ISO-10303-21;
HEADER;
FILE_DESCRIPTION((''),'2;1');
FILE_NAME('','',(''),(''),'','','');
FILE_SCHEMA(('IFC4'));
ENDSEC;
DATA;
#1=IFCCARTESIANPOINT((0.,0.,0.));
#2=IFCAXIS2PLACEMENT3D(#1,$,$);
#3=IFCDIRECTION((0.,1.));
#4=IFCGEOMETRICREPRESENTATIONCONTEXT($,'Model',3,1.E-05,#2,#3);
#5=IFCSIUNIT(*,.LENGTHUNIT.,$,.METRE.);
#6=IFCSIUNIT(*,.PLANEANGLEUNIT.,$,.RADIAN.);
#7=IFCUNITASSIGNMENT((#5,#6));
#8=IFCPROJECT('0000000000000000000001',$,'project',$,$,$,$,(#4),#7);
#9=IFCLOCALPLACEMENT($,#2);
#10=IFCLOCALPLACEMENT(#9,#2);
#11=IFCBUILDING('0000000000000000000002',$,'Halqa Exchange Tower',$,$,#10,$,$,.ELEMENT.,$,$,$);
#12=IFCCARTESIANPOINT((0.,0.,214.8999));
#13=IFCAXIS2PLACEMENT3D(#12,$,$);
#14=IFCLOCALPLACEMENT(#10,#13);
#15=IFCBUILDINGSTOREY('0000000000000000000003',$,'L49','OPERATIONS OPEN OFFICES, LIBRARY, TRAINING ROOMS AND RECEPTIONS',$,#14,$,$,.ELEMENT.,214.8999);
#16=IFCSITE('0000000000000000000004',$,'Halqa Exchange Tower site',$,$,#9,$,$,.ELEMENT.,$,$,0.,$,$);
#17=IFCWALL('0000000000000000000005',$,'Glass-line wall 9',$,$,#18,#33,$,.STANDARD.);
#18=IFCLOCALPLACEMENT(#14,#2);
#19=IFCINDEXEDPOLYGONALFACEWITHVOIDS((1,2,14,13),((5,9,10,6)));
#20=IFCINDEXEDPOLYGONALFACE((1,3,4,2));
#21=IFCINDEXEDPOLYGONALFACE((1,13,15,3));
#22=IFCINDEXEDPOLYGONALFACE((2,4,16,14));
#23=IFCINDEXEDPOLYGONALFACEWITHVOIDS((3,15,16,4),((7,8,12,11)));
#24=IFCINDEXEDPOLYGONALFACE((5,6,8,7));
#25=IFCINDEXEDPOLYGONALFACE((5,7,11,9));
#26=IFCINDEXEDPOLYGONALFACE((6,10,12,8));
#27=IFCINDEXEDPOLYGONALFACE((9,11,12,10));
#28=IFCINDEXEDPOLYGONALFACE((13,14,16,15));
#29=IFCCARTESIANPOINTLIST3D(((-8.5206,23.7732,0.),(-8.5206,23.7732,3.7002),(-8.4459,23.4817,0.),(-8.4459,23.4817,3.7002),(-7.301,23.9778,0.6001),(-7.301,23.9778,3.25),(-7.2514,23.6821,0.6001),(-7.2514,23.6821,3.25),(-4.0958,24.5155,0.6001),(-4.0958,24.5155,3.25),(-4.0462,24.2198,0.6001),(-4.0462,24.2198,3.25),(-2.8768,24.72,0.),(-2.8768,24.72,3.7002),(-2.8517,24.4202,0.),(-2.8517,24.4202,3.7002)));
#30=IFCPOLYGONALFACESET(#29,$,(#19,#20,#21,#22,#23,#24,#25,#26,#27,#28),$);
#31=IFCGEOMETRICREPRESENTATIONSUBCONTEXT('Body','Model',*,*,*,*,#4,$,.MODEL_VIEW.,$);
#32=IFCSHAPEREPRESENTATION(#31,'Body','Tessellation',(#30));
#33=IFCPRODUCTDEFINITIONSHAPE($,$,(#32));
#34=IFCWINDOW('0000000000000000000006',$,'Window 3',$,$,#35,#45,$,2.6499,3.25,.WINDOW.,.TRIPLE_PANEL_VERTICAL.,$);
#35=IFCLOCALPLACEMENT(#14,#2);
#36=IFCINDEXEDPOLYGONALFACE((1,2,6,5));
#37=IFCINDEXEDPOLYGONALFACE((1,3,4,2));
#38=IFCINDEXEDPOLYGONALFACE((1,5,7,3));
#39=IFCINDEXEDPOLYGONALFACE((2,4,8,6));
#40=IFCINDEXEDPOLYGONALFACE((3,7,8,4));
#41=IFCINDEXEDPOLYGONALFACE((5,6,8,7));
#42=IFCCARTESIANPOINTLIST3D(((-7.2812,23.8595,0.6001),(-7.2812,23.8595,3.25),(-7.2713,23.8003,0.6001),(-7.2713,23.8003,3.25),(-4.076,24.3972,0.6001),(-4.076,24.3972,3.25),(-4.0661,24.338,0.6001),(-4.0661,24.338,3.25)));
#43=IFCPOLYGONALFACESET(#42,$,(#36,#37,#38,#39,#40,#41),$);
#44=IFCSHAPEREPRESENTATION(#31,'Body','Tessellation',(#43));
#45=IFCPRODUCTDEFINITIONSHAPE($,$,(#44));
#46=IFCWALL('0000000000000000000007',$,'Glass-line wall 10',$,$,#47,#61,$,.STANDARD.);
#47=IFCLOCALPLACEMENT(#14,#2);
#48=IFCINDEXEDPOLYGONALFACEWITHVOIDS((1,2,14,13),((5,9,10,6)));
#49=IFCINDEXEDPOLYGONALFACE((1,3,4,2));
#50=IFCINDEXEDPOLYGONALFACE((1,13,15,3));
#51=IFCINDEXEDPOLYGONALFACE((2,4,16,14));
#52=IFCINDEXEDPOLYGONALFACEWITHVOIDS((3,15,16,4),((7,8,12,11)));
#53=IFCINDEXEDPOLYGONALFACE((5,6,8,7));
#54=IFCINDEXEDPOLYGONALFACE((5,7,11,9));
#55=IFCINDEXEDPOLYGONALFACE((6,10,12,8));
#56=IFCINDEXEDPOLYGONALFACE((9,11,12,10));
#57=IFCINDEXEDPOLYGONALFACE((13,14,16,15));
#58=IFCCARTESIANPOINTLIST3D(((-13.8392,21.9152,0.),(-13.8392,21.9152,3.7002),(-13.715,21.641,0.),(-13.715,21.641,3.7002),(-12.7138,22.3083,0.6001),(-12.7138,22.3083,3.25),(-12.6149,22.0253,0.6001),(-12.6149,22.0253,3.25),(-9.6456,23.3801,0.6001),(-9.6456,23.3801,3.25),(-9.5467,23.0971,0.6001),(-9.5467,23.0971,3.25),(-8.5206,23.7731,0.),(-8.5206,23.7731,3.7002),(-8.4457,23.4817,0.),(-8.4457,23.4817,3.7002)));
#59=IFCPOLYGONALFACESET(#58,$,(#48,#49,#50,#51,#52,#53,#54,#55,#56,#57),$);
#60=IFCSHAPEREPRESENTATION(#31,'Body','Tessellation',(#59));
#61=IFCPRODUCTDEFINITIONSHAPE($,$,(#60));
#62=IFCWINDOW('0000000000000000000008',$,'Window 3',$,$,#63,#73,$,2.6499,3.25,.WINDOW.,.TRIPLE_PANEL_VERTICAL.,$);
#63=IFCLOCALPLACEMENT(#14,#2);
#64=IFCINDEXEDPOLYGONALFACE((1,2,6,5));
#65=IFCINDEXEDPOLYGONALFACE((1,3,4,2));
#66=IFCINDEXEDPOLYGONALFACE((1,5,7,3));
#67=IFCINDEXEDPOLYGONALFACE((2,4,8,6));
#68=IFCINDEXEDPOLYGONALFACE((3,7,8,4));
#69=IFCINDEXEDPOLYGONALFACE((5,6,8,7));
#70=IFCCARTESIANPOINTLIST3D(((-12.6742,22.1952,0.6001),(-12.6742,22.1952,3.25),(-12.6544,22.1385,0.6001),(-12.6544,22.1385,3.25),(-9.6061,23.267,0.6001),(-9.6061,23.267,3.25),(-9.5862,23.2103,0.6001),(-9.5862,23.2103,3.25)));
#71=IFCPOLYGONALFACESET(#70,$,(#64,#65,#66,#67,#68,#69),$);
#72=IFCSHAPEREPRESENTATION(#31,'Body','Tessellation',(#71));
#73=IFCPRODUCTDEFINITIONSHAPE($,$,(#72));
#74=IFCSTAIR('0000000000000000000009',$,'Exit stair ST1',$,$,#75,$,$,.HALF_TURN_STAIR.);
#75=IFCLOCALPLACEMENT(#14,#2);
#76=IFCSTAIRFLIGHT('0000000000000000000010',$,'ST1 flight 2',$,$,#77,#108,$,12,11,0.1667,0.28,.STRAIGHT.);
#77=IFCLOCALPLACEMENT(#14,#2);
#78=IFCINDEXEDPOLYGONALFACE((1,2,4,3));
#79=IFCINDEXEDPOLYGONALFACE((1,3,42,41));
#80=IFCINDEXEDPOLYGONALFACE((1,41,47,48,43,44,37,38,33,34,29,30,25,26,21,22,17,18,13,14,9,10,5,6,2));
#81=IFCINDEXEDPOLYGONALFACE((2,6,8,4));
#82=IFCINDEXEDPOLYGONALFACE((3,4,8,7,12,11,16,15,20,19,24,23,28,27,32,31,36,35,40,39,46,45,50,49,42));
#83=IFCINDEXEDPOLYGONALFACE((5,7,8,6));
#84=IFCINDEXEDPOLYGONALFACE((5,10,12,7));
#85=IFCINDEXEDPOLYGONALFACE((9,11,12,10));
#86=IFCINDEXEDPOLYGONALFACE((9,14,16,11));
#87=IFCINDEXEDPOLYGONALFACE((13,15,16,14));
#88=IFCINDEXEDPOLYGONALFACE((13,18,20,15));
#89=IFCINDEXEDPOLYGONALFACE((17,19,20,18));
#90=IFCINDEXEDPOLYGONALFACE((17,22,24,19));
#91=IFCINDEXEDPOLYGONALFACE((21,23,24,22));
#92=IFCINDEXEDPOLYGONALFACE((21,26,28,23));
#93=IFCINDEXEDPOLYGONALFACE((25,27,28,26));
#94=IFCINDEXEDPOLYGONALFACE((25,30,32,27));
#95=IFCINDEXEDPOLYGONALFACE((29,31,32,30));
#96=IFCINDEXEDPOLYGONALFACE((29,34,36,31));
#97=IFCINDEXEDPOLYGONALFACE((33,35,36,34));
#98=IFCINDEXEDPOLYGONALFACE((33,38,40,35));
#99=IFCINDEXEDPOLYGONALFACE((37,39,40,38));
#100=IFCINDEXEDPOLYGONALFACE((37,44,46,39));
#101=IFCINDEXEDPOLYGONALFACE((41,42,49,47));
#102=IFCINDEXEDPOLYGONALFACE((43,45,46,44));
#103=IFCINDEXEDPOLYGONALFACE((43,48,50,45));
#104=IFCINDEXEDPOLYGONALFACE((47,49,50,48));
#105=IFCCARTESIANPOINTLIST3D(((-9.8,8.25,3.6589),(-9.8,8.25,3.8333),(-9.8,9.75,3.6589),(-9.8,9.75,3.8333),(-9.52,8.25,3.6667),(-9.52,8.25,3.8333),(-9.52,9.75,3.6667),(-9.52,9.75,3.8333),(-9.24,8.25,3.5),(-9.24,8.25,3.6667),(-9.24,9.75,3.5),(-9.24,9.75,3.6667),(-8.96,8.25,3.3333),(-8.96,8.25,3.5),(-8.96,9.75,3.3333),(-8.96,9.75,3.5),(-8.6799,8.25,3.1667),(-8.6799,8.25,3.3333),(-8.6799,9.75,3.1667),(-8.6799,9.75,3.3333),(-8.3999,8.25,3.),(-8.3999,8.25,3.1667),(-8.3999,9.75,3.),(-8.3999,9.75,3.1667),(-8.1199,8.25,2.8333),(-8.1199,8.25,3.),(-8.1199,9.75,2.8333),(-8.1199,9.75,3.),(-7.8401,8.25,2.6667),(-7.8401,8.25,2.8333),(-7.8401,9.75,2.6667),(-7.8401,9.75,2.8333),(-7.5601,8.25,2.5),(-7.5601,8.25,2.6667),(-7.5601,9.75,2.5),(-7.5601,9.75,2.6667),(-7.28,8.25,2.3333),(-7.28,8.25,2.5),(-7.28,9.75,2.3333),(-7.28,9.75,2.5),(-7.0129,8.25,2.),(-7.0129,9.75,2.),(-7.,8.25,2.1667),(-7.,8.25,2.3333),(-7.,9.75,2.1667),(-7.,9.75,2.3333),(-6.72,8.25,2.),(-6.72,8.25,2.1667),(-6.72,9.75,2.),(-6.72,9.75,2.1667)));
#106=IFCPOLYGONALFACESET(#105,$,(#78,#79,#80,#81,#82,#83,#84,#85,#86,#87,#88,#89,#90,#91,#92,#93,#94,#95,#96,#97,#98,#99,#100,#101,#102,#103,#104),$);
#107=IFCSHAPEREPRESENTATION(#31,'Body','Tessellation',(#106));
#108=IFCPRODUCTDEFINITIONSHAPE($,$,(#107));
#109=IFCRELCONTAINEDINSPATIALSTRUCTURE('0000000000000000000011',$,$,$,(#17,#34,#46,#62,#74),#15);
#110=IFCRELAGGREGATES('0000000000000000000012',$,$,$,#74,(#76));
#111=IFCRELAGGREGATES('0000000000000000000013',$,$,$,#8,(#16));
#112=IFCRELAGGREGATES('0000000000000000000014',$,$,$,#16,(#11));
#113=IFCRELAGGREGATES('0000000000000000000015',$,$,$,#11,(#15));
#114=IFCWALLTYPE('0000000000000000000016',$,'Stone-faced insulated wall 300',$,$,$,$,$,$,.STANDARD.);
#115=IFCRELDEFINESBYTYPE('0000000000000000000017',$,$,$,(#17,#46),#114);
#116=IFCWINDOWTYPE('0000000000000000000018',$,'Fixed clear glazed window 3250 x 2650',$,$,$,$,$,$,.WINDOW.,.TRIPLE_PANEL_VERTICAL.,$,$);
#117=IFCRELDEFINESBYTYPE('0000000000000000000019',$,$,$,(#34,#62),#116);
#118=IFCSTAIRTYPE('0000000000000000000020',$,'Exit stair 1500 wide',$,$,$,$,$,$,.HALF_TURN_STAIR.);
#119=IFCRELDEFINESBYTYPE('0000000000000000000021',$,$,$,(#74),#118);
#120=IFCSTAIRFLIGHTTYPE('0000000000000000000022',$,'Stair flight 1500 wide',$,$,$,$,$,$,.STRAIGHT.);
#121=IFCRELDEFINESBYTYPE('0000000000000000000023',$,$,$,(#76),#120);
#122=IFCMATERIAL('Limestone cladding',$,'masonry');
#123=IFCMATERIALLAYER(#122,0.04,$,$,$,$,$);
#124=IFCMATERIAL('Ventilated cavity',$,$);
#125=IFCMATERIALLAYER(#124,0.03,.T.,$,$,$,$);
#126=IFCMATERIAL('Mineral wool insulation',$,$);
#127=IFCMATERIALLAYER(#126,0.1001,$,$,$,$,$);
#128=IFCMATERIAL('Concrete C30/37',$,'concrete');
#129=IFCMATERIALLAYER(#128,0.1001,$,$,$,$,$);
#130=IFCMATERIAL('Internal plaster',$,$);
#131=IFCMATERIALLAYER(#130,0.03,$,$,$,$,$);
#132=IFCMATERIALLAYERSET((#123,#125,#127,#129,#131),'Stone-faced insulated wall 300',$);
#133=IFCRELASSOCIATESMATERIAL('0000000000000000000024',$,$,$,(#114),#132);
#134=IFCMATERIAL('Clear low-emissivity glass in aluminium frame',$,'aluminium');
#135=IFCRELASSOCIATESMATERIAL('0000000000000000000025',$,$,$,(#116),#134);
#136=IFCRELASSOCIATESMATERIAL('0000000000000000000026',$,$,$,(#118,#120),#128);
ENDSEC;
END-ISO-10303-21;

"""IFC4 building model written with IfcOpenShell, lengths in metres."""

from ifc_helpers import new_model, si_unit, direction, frame, frame_2d, origin, place, context, subcontext, project, spatial, polyline, rectangle, outline, extrude, material, layer, layer_set, type_object, element, fill, aggregate, save


model = new_model("IFC4")

# Units and contexts
model_context = context("Model", 3, precision=1e-05, world=origin(), true_north=direction((0.0, 1.0)))
body_context = subcontext(model_context, "Body", "Model", "MODEL_VIEW")
ifc_project = project(units=[si_unit("LENGTHUNIT", "METRE"), si_unit("PLANEANGLEUNIT", "RADIAN")], contexts=[model_context])

# Site, building, storey
site_placement = place(None, origin())
site = spatial("IfcSite", under=ifc_project, at=site_placement, Name="Halqa Exchange Tower site", CompositionType="ELEMENT", RefElevation=0.0)
building_placement = place(site_placement, origin())
building = spatial("IfcBuilding", under=site, at=building_placement, Name="Halqa Exchange Tower", CompositionType="ELEMENT")
storey_placement = place(building_placement, frame((0.0, 0.0, 214.8999)))
storey = spatial("IfcBuildingStorey", under=building, at=storey_placement, Name="L49", Description="OPERATIONS OPEN OFFICES, LIBRARY, TRAINING ROOMS AND RECEPTIONS", CompositionType="ELEMENT", Elevation=214.8999)

# Shared definitions
ifc_material_1 = material(Name="Concrete C30/37", Category="concrete")

# Walls, openings, windows
ifc_material_2 = material(Name="Limestone cladding", Category="masonry")
ifc_layer_1 = layer(ifc_material_2, 0.04)
ifc_material_3 = material(Name="Ventilated cavity")
ifc_layer_2 = layer(ifc_material_3, 0.03, ventilated=True)
ifc_material_4 = material(Name="Mineral wool insulation")
ifc_layer_3 = layer(ifc_material_4, 0.1001)
ifc_layer_4 = layer(ifc_material_1, 0.1001)
ifc_material_5 = material(Name="Internal plaster")
ifc_layer_5 = layer(ifc_material_5, 0.03)
ifc_layer_set_1 = layer_set([ifc_layer_1, ifc_layer_2, ifc_layer_3, ifc_layer_4, ifc_layer_5], Name="Stone-faced insulated wall 300")
wall_type_1 = type_object("IfcWallType", Name="Stone-faced insulated wall 300", PredefinedType="STANDARD", material=ifc_layer_set_1)
wall_1_placement = place(storey_placement, frame((-2.8643, 24.5701, 0.0), z_axis=(0.0, 0.0, 1.0), x_axis=(-0.986218, -0.165448, 0.0)))
wall_1 = element("IfcWall", 1, at=wall_1_placement, inside=storey, type_object=wall_type_1, Name="Glass-line wall 9", PredefinedType="STANDARD", context=body_context, shape_type="SweptSolid", body=[
    extrude(outline(polyline([(-0.0125, -0.1499), (5.7102, -0.1499), (5.6848, 0.1499), (0.0125, 0.1499), (-0.0125, -0.1499)])), origin(), (0.0, 0.0, 1.0), 3.7002),
])
opening_1_placement = place(wall_1_placement, frame((1.2236, 0.0, 0.6001)))
opening_1 = element("IfcOpeningElement", 2, at=opening_1_placement, cuts=wall_1, PredefinedType="OPENING", context=body_context, shape_type="SweptSolid", body=[
    extrude(rectangle(XDim=3.25, YDim=2.6499, at=frame_2d((1.625, 1.325))), frame((0.0, 0.1621, 0.0), z_axis=(0.0, -1.0, 0.0), x_axis=(1.0, 0.0, 0.0)), (0.0, 0.0, 1.0), 0.324),
])
ifc_material_6 = material(Name="Clear low-emissivity glass in aluminium frame", Category="aluminium")
window_type = type_object("IfcWindowType", Name="Fixed clear glazed window 3250 x 2650", PartitioningType="TRIPLE_PANEL_VERTICAL", PredefinedType="WINDOW", material=ifc_material_6)
window_1_placement = place(opening_1_placement, origin())
window_1 = element("IfcWindow", 3, at=window_1_placement, inside=storey, type_object=window_type, Name="Window 3", OverallHeight=2.6499, OverallWidth=3.25, PartitioningType="TRIPLE_PANEL_VERTICAL", PredefinedType="WINDOW", context=body_context, shape_type="SweptSolid", body=[
    extrude(rectangle(XDim=3.25, YDim=2.6499, at=frame_2d((1.625, 1.325))), frame((0.0, 0.03, 0.0), z_axis=(0.0, -1.0, 0.0), x_axis=(1.0, 0.0, 0.0)), (0.0, 0.0, 1.0), 0.0601),
])
fill(opening_1, window_1)
wall_2_placement = place(storey_placement, frame((-8.4832, 23.6274, 0.0), z_axis=(0.0, 0.0, 1.0), x_axis=(-0.944054, -0.329792, 0.0)))
wall_2 = element("IfcWall", 4, at=wall_2_placement, inside=storey, type_object=wall_type_1, Name="Glass-line wall 10", PredefinedType="STANDARD", context=body_context, shape_type="SweptSolid", body=[
    extrude(outline(polyline([(-0.0127, -0.1499), (5.6211, -0.1499), (5.5942, 0.1499), (0.0127, 0.1499), (-0.0127, -0.1499)])), origin(), (0.0, 0.0, 1.0), 3.7002),
])
opening_2_placement = place(wall_2_placement, frame((1.179, 0.0, 0.6001)))
opening_2 = element("IfcOpeningElement", 5, at=opening_2_placement, cuts=wall_2, PredefinedType="OPENING", context=body_context, shape_type="SweptSolid", body=[
    extrude(rectangle(XDim=3.25, YDim=2.6499, at=frame_2d((1.625, 1.325))), frame((0.0, 0.1621, 0.0), z_axis=(0.0, -1.0, 0.0), x_axis=(1.0, 0.0, 0.0)), (0.0, 0.0, 1.0), 0.324),
])
window_2_placement = place(opening_2_placement, origin())
window_2 = element("IfcWindow", 6, at=window_2_placement, inside=storey, type_object=window_type, Name="Window 3", OverallHeight=2.6499, OverallWidth=3.25, PartitioningType="TRIPLE_PANEL_VERTICAL", PredefinedType="WINDOW", context=body_context, shape_type="SweptSolid", body=[
    extrude(rectangle(XDim=3.25, YDim=2.6499, at=frame_2d((1.625, 1.325))), frame((0.0, 0.03, 0.0), z_axis=(0.0, -1.0, 0.0), x_axis=(1.0, 0.0, 0.0)), (0.0, 0.0, 1.0), 0.0601),
])
fill(opening_2, window_2)

# Stair, stair flight
stair_type = type_object("IfcStairType", Name="Exit stair 1500 wide", PredefinedType="HALF_TURN_STAIR", material=ifc_material_1)
stair_placement = place(storey_placement, origin())
stair = element("IfcStair", 7, at=stair_placement, inside=storey, type_object=stair_type, Name="Exit stair ST1", PredefinedType="HALF_TURN_STAIR")
stair_flight_type = type_object("IfcStairFlightType", Name="Stair flight 1500 wide", PredefinedType="STRAIGHT", material=ifc_material_1)
stair_flight_placement = place(storey_placement, frame((-6.72, 9.0, 2.0), z_axis=(0.0, 0.0, 1.0), x_axis=(-1.0, 0.0, 0.0)))
stair_flight = element("IfcStairFlight", 8, at=stair_flight_placement, type_object=stair_flight_type, Name="ST1 flight 2", NumberOfRisers=12, NumberOfTreads=11, PredefinedType="STRAIGHT", RiserHeight=0.1667, TreadLength=0.28, context=body_context, shape_type="SweptSolid", body=[
    extrude(outline(polyline([(0.0, 0.0), (0.0, 0.1667), (0.28, 0.1667), (0.28, 0.3333), (0.5601, 0.3333), (0.5601, 0.5), (0.8401, 0.5), (0.8401, 0.6667), (1.1201, 0.6667), (1.1201, 0.8333), (1.3999, 0.8333), (1.3999, 1.0), (1.6799, 1.0), (1.6799, 1.1667), (1.96, 1.1667), (1.96, 1.3333), (2.24, 1.3333), (2.24, 1.5), (2.52, 1.5), (2.52, 1.6667), (2.8, 1.6667), (2.8, 1.8333), (3.0801, 1.8333), (3.0801, 2.0), (3.0801, 1.6589), (0.293, 0.0), (0.0, 0.0)])), frame((0.0, 0.75, 0.0), z_axis=(0.0, -1.0, 0.0), x_axis=(1.0, 0.0, 0.0)), (0.0, 0.0, 1.0), 1.5),
])
aggregate(stair, [stair_flight])

save(model, "model.ifc")
